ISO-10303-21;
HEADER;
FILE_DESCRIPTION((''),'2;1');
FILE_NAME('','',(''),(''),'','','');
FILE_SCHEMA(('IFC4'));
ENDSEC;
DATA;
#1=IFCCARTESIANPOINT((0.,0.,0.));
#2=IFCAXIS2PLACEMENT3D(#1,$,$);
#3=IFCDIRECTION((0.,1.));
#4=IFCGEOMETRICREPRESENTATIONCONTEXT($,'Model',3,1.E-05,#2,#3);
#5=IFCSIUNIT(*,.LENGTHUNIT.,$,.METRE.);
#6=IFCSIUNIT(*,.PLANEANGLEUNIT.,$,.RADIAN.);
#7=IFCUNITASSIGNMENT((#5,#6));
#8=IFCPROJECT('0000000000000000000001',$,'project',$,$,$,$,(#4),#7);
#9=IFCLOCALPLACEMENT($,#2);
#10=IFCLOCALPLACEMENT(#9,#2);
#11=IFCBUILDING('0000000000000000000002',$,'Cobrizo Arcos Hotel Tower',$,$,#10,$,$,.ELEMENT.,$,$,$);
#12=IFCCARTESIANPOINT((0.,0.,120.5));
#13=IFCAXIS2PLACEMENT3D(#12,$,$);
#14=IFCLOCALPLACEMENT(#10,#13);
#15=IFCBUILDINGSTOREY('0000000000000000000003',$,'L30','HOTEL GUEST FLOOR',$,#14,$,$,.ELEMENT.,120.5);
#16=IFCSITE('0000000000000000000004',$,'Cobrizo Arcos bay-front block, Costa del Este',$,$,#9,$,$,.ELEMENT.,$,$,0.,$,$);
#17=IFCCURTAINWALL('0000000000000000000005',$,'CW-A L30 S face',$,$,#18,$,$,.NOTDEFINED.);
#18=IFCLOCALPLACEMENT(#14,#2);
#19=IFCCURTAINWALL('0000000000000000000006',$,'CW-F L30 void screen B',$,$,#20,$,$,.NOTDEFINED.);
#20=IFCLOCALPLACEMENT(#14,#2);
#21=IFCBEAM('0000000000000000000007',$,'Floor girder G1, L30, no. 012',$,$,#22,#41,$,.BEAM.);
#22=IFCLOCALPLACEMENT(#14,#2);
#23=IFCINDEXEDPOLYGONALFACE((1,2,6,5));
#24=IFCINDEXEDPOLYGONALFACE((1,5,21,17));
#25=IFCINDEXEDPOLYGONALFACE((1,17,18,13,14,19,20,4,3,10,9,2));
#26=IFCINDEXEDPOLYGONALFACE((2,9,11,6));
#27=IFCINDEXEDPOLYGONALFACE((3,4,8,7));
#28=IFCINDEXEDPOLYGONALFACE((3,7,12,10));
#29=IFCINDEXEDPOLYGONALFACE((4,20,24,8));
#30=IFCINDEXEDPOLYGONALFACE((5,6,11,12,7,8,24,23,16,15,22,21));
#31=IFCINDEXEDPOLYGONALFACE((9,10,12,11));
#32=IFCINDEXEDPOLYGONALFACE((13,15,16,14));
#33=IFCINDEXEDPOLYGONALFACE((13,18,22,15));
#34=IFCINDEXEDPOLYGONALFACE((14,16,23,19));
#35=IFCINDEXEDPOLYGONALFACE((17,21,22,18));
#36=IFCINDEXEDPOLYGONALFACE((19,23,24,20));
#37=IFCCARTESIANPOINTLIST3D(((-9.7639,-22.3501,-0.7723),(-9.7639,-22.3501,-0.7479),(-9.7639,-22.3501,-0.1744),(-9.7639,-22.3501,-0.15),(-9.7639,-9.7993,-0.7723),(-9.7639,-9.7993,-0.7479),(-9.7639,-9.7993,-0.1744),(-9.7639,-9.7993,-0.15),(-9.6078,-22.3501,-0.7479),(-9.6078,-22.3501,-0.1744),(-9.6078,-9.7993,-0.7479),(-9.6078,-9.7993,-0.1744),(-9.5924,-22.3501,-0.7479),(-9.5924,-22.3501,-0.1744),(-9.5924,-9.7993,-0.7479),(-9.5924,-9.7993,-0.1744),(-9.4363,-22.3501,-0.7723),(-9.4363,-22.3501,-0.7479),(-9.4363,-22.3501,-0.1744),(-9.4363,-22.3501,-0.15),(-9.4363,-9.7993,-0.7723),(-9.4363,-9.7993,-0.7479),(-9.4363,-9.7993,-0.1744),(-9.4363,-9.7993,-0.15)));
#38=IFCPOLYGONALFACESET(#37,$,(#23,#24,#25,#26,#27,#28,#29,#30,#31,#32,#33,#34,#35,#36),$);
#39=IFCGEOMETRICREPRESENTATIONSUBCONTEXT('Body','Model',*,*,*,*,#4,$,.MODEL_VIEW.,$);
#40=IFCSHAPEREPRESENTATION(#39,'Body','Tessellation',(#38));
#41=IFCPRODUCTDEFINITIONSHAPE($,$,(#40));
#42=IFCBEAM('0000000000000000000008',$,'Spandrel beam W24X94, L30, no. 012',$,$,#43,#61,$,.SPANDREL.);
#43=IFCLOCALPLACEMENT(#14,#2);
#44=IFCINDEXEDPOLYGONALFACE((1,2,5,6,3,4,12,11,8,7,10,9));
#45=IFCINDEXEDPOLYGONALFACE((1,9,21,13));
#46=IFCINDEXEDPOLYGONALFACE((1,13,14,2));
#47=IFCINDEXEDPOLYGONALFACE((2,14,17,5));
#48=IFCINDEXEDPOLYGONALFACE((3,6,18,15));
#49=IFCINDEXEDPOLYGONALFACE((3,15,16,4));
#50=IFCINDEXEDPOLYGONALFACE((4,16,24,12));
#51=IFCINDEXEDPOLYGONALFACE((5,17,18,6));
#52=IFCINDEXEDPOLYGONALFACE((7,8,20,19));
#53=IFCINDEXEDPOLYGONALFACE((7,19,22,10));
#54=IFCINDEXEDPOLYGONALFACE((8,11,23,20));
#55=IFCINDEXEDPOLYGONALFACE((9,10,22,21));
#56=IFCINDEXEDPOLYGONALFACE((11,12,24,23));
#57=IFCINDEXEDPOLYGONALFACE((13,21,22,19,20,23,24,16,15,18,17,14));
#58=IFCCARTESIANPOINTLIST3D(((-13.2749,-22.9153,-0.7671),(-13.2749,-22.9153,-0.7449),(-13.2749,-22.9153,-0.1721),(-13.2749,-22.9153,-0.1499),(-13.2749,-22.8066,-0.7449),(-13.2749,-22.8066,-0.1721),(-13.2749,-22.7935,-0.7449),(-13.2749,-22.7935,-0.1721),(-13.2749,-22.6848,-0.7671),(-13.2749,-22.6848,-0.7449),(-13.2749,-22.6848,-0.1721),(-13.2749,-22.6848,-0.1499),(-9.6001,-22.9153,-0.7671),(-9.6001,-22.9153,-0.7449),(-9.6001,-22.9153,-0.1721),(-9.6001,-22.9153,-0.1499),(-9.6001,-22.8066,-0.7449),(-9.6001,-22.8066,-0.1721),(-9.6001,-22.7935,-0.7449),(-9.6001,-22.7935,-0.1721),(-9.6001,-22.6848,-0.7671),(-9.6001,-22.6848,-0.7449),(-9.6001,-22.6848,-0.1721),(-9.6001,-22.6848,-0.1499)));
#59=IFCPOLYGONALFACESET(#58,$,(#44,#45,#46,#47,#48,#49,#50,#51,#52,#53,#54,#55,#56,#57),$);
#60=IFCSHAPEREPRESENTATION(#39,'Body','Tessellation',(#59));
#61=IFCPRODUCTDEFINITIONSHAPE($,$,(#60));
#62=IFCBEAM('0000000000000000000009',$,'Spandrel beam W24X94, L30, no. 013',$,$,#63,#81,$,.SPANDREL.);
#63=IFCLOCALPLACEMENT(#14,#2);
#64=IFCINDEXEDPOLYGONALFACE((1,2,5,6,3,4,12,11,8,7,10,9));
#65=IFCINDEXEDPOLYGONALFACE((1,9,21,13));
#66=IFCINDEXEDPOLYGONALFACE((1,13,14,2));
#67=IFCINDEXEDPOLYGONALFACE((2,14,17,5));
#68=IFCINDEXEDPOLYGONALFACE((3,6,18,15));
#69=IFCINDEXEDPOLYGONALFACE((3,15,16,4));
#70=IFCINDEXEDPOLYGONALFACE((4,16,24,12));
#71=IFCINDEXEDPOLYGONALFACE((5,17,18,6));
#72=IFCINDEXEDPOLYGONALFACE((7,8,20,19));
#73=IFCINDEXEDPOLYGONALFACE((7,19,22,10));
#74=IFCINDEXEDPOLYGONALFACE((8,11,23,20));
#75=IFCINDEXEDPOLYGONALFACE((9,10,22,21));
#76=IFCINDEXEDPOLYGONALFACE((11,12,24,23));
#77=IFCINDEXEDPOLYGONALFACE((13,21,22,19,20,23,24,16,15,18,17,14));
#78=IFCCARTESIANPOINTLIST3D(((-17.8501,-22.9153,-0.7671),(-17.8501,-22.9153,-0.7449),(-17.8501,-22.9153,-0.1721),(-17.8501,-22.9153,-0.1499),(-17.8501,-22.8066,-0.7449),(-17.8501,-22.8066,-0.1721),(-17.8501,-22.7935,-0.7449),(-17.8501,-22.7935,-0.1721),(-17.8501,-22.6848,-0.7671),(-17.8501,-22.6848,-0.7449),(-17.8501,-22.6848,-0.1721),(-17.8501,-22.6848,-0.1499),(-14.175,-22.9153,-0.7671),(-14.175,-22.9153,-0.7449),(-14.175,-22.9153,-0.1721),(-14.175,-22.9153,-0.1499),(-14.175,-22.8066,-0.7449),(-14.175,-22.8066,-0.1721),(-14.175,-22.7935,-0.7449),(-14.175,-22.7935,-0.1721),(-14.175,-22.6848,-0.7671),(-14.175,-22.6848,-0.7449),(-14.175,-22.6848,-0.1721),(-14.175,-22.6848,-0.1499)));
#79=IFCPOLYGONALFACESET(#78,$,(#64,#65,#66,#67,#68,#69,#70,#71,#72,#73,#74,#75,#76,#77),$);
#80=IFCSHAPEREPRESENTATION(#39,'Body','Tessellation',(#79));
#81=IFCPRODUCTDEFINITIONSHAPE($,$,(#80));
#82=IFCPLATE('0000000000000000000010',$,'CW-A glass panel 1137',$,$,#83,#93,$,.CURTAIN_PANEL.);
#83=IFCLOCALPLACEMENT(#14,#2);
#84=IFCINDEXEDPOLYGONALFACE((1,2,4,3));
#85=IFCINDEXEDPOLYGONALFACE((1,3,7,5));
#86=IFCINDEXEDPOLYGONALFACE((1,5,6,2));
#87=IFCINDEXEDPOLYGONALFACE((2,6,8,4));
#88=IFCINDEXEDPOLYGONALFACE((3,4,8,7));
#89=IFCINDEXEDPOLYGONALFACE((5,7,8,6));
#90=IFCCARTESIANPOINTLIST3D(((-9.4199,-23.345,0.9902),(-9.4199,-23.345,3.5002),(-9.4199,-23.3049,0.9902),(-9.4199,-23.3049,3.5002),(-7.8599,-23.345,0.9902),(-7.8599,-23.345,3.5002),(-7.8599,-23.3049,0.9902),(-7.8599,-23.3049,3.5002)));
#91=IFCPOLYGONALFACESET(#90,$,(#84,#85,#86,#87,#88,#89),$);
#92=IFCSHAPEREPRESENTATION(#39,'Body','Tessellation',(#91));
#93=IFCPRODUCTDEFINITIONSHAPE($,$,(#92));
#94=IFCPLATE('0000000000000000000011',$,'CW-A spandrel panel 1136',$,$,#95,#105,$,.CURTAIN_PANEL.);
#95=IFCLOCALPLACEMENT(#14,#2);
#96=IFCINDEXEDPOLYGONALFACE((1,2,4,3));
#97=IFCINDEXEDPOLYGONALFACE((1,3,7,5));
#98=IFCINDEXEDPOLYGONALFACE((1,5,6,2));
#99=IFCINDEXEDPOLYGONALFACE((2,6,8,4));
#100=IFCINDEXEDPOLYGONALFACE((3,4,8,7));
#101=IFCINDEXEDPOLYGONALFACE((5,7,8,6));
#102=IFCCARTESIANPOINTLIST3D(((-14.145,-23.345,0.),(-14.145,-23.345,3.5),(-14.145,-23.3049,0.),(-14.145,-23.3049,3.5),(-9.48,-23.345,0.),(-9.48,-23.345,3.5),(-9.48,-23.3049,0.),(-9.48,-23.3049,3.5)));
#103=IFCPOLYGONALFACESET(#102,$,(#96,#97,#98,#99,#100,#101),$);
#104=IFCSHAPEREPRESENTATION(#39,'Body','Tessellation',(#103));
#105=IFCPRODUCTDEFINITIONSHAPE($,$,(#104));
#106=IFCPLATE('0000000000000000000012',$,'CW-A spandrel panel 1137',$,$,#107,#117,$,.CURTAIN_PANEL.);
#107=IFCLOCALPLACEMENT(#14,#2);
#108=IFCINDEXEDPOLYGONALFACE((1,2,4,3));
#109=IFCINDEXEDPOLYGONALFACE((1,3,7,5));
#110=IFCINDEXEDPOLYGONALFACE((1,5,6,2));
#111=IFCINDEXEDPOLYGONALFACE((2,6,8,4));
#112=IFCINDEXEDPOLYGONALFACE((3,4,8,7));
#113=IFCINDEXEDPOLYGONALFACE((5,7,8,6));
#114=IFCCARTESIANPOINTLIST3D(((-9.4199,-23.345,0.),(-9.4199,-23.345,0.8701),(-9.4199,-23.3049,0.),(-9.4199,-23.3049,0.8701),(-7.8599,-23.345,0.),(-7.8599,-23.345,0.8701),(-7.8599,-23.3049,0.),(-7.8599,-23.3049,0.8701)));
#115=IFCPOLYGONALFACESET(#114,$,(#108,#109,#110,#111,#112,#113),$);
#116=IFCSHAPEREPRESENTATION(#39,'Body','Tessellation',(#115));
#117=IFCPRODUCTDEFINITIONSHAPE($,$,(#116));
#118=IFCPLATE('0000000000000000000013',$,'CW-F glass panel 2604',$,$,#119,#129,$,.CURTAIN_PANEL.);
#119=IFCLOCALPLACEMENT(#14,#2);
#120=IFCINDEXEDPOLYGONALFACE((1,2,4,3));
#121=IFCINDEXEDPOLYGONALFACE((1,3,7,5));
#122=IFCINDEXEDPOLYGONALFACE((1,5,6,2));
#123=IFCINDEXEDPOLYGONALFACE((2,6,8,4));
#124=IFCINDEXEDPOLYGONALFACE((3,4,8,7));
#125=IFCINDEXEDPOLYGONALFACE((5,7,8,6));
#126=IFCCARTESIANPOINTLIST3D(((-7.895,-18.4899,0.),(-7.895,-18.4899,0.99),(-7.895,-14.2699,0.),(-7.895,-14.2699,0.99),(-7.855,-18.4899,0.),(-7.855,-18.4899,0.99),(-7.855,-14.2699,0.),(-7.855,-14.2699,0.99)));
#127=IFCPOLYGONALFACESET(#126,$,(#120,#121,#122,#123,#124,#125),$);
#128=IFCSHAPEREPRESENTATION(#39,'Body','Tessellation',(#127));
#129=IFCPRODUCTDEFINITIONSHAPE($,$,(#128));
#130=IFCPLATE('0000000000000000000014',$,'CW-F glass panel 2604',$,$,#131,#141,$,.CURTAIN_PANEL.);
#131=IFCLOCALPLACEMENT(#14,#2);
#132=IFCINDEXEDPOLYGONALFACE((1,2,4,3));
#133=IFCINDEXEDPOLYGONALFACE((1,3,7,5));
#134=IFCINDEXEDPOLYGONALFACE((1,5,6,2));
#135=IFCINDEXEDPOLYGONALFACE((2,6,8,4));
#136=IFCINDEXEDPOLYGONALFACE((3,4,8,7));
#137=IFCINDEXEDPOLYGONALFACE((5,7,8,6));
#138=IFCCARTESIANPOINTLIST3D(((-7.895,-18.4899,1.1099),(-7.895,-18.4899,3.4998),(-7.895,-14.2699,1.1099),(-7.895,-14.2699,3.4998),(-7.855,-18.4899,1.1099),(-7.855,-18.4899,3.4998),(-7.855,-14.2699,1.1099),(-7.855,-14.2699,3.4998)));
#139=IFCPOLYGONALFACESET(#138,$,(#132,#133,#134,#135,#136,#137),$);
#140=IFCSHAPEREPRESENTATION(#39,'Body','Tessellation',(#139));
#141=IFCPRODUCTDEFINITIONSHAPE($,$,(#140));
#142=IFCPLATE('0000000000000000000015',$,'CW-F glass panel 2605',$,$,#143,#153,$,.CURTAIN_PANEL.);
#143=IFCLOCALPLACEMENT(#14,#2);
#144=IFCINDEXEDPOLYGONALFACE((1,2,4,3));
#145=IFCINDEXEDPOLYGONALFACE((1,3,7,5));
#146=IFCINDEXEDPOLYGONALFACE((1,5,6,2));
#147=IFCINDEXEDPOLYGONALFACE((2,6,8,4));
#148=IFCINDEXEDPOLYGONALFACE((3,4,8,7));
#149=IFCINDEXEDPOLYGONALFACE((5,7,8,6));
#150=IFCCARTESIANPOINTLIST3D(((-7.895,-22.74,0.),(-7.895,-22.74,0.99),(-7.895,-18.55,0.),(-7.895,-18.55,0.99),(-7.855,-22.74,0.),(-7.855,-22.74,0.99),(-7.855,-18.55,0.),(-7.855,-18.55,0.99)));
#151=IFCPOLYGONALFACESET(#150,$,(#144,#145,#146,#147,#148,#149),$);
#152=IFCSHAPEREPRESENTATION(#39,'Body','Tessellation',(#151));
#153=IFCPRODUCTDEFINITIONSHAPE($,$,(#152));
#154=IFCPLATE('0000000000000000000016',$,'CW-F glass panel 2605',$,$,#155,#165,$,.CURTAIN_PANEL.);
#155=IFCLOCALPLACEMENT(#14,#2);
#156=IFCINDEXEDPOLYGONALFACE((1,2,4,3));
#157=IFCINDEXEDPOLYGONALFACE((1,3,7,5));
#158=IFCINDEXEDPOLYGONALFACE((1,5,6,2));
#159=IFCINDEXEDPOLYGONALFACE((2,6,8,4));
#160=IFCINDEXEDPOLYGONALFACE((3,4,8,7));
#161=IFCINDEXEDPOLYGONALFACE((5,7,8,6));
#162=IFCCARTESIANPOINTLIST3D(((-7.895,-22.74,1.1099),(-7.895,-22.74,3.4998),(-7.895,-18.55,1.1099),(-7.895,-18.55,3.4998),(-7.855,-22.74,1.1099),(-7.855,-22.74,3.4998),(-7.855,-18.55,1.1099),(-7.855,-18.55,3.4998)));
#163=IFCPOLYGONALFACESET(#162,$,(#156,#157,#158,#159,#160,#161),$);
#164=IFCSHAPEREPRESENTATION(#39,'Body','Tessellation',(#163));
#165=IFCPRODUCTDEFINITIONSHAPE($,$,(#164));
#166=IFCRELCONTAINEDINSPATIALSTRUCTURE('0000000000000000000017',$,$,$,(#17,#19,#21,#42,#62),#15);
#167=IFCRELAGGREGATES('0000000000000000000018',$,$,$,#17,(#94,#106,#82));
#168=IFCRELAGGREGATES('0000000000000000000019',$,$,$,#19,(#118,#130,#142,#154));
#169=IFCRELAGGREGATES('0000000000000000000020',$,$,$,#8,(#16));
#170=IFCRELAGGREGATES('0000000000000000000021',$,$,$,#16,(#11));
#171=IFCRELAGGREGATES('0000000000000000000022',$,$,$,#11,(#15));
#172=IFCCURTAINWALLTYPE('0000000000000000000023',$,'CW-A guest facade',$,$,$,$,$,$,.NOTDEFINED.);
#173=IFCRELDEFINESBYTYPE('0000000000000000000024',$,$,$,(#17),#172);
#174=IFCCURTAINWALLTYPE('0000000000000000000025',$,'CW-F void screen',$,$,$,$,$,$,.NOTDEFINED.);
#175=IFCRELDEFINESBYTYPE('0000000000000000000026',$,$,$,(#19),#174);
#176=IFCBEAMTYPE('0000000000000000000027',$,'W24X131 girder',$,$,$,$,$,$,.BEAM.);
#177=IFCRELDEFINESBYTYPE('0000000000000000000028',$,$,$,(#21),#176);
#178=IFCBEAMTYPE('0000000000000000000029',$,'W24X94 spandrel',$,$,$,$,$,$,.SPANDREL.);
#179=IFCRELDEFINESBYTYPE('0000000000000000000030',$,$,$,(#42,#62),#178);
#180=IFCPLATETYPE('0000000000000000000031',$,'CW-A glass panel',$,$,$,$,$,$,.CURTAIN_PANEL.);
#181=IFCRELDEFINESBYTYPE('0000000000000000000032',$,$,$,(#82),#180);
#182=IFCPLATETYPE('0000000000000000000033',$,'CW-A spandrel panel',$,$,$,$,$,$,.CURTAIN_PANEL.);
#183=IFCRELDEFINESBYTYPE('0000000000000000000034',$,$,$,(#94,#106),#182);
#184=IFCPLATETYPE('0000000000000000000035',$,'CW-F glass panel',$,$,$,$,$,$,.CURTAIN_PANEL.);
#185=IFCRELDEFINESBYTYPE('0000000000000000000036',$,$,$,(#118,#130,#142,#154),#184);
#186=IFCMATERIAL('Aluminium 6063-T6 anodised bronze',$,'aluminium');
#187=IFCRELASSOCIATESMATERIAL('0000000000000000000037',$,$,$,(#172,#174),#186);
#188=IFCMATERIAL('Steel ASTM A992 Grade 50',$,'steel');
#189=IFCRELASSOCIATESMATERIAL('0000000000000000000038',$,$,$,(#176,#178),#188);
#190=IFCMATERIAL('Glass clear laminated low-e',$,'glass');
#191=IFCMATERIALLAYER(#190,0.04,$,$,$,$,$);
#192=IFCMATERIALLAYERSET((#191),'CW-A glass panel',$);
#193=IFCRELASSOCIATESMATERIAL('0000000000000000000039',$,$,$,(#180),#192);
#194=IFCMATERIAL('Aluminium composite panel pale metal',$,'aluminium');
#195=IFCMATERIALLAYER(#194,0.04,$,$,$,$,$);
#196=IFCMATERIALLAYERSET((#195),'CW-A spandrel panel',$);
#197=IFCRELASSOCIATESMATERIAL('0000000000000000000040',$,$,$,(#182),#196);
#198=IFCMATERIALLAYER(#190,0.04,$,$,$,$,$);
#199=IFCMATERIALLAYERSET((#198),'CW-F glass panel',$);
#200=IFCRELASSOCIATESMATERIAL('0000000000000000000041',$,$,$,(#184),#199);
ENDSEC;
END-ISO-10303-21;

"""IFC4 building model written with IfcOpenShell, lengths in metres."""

from ifc_helpers import new_model, si_unit, direction, frame, origin, origin_2d, place, context, subcontext, project, spatial, rectangle, i_section, extrude, material, layer, layer_set, material_profile, profile_set, type_object, element, aggregate, save


model = new_model("IFC4")

# Units and contexts
model_context = context("Model", 3, precision=1e-05, world=origin(), true_north=direction((0.0, 1.0)))
body_context = subcontext(model_context, "Body", "Model", "MODEL_VIEW")
ifc_project = project(units=[si_unit("LENGTHUNIT", "METRE"), si_unit("PLANEANGLEUNIT", "RADIAN")], contexts=[model_context])

# Site, building, storey
site_placement = place(None, origin())
site = spatial("IfcSite", under=ifc_project, at=site_placement, Name="Cobrizo Arcos bay-front block, Costa del Este", CompositionType="ELEMENT", RefElevation=0.0)
building_placement = place(site_placement, origin())
building = spatial("IfcBuilding", under=site, at=building_placement, Name="Cobrizo Arcos Hotel Tower", CompositionType="ELEMENT")
storey_placement = place(building_placement, frame((0.0, 0.0, 120.5)))
storey = spatial("IfcBuildingStorey", under=building, at=storey_placement, Name="L30", Description="HOTEL GUEST FLOOR", CompositionType="ELEMENT", Elevation=120.5)

# Curtain walls
ifc_material_1 = material(Name="Aluminium 6063-T6 anodised bronze", Category="aluminium")
curtain_wall_type_1 = type_object("IfcCurtainWallType", Name="CW-A guest facade", PredefinedType="NOTDEFINED", material=ifc_material_1)
curtain_wall_1_placement = place(storey_placement, origin())
curtain_wall_1 = element("IfcCurtainWall", 1, at=curtain_wall_1_placement, inside=storey, type_object=curtain_wall_type_1, Name="CW-A L30 S face", PredefinedType="NOTDEFINED")
curtain_wall_type_2 = type_object("IfcCurtainWallType", Name="CW-F void screen", PredefinedType="NOTDEFINED", material=ifc_material_1)
curtain_wall_2_placement = place(storey_placement, origin())
curtain_wall_2 = element("IfcCurtainWall", 2, at=curtain_wall_2_placement, inside=storey, type_object=curtain_wall_type_2, Name="CW-F L30 void screen B", PredefinedType="NOTDEFINED")

# Beams
ifc_material_2 = material(Name="Steel ASTM A992 Grade 50", Category="steel")
ifc_material_profile_1 = material_profile(ifc_material_2, i_section(OverallWidth=0.3276, OverallDepth=0.6223, WebThickness=0.0154, FlangeThickness=0.0244, at=origin_2d()), Name="W24X131")
ifc_profile_set_1 = profile_set([ifc_material_profile_1], Name="Steel ASTM A992 Grade 50")
beam_type_1 = type_object("IfcBeamType", Name="W24X131 girder", PredefinedType="BEAM", material=ifc_profile_set_1)
beam_1_placement = place(storey_placement, frame((-9.6001, -22.3501, -0.4612), z_axis=(0.0, 1.0, 0.0), x_axis=(-1.0, 0.0, 0.0)))
element("IfcBeam", 3, at=beam_1_placement, inside=storey, type_object=beam_type_1, Name="Floor girder G1, L30, no. 012", PredefinedType="BEAM", context=body_context, shape_type="SweptSolid", body=[
    extrude(i_section(OverallWidth=0.3276, OverallDepth=0.6223, WebThickness=0.0154, FlangeThickness=0.0244, at=origin_2d()), origin(), (0.0, 0.0, 1.0), 12.5508),
])
ifc_material_profile_2 = material_profile(ifc_material_2, i_section(OverallWidth=0.2305, OverallDepth=0.6172, WebThickness=0.0132, FlangeThickness=0.0222, at=origin_2d()), Name="W24X94")
ifc_profile_set_2 = profile_set([ifc_material_profile_2], Name="Steel ASTM A992 Grade 50")
beam_type_2 = type_object("IfcBeamType", Name="W24X94 spandrel", PredefinedType="SPANDREL", material=ifc_profile_set_2)
beam_2_placement = place(storey_placement, frame((-9.6001, -22.8, -0.4585), z_axis=(-1.0, 0.0, 0.0), x_axis=(0.0, -1.0, 0.0)))
element("IfcBeam", 4, at=beam_2_placement, inside=storey, type_object=beam_type_2, Name="Spandrel beam W24X94, L30, no. 012", PredefinedType="SPANDREL", context=body_context, shape_type="SweptSolid", body=[
    extrude(i_section(OverallWidth=0.2305, OverallDepth=0.6172, WebThickness=0.0132, FlangeThickness=0.0222, at=origin_2d()), origin(), (0.0, 0.0, 1.0), 3.6748),
])
beam_3_placement = place(storey_placement, frame((-14.175, -22.8, -0.4585), z_axis=(-1.0, 0.0, 0.0), x_axis=(0.0, -1.0, 0.0)))
element("IfcBeam", 5, at=beam_3_placement, inside=storey, type_object=beam_type_2, Name="Spandrel beam W24X94, L30, no. 013", PredefinedType="SPANDREL", context=body_context, shape_type="SweptSolid", body=[
    extrude(i_section(OverallWidth=0.2305, OverallDepth=0.6172, WebThickness=0.0132, FlangeThickness=0.0222, at=origin_2d()), origin(), (0.0, 0.0, 1.0), 3.675),
])

# Plates
ifc_material_3 = material(Name="Glass clear laminated low-e", Category="glass")
ifc_layer_1 = layer(ifc_material_3, 0.04)
ifc_layer_set_1 = layer_set([ifc_layer_1], Name="CW-A glass panel")
plate_type_1 = type_object("IfcPlateType", Name="CW-A glass panel", PredefinedType="CURTAIN_PANEL", material=ifc_layer_set_1)
plate_1_placement = place(storey_placement, frame((-8.6399, -23.325, 0.9902), z_axis=(0.0, 0.0, 1.0), x_axis=(1.0, 0.0, 0.0)))
plate_1 = element("IfcPlate", 6, at=plate_1_placement, type_object=plate_type_1, Name="CW-A glass panel 1137", PredefinedType="CURTAIN_PANEL", context=body_context, shape_type="SweptSolid", body=[
    extrude(rectangle(XDim=1.5601, YDim=0.04, at=origin_2d()), origin(), (0.0, 0.0, 1.0), 2.51),
])
ifc_material_4 = material(Name="Aluminium composite panel pale metal", Category="aluminium")
ifc_layer_2 = layer(ifc_material_4, 0.04)
ifc_layer_set_2 = layer_set([ifc_layer_2], Name="CW-A spandrel panel")
plate_type_2 = type_object("IfcPlateType", Name="CW-A spandrel panel", PredefinedType="CURTAIN_PANEL", material=ifc_layer_set_2)
plate_2_placement = place(storey_placement, frame((-11.8125, -23.325, 0.0), z_axis=(0.0, 0.0, 1.0), x_axis=(1.0, 0.0, 0.0)))
plate_2 = element("IfcPlate", 7, at=plate_2_placement, type_object=plate_type_2, Name="CW-A spandrel panel 1136", PredefinedType="CURTAIN_PANEL", context=body_context, shape_type="SweptSolid", body=[
    extrude(rectangle(XDim=4.665, YDim=0.04, at=origin_2d()), origin(), (0.0, 0.0, 1.0), 3.5),
])
plate_3_placement = place(storey_placement, frame((-8.6399, -23.325, 0.0), z_axis=(0.0, 0.0, 1.0), x_axis=(1.0, 0.0, 0.0)))
plate_3 = element("IfcPlate", 8, at=plate_3_placement, type_object=plate_type_2, Name="CW-A spandrel panel 1137", PredefinedType="CURTAIN_PANEL", context=body_context, shape_type="SweptSolid", body=[
    extrude(rectangle(XDim=1.5601, YDim=0.04, at=origin_2d()), origin(), (0.0, 0.0, 1.0), 0.8701),
])
aggregate(curtain_wall_1, [plate_2, plate_3, plate_1])
ifc_layer_3 = layer(ifc_material_3, 0.04)
ifc_layer_set_3 = layer_set([ifc_layer_3], Name="CW-F glass panel")
plate_type_3 = type_object("IfcPlateType", Name="CW-F glass panel", PredefinedType="CURTAIN_PANEL", material=ifc_layer_set_3)
plate_4_placement = place(storey_placement, frame((-7.875, -16.3799, 0.0), z_axis=(0.0, 0.0, 1.0), x_axis=(0.0, -1.0, 0.0)))
plate_4 = element("IfcPlate", 9, at=plate_4_placement, type_object=plate_type_3, Name="CW-F glass panel 2604", PredefinedType="CURTAIN_PANEL", context=body_context, shape_type="SweptSolid", body=[
    extrude(rectangle(XDim=4.22, YDim=0.04, at=origin_2d()), origin(), (0.0, 0.0, 1.0), 0.99),
])
plate_5_placement = place(storey_placement, frame((-7.875, -16.3799, 1.1099), z_axis=(0.0, 0.0, 1.0), x_axis=(0.0, -1.0, 0.0)))
plate_5 = element("IfcPlate", 10, at=plate_5_placement, type_object=plate_type_3, Name="CW-F glass panel 2604", PredefinedType="CURTAIN_PANEL", context=body_context, shape_type="SweptSolid", body=[
    extrude(rectangle(XDim=4.22, YDim=0.04, at=origin_2d()), origin(), (0.0, 0.0, 1.0), 2.3899),
])
plate_6_placement = place(storey_placement, frame((-7.875, -20.645, 0.0), z_axis=(0.0, 0.0, 1.0), x_axis=(0.0, -1.0, 0.0)))
plate_6 = element("IfcPlate", 11, at=plate_6_placement, type_object=plate_type_3, Name="CW-F glass panel 2605", PredefinedType="CURTAIN_PANEL", context=body_context, shape_type="SweptSolid", body=[
    extrude(rectangle(XDim=4.1899, YDim=0.04, at=origin_2d()), origin(), (0.0, 0.0, 1.0), 0.99),
])
plate_7_placement = place(storey_placement, frame((-7.875, -20.645, 1.1099), z_axis=(0.0, 0.0, 1.0), x_axis=(0.0, -1.0, 0.0)))
plate_7 = element("IfcPlate", 12, at=plate_7_placement, type_object=plate_type_3, Name="CW-F glass panel 2605", PredefinedType="CURTAIN_PANEL", context=body_context, shape_type="SweptSolid", body=[
    extrude(rectangle(XDim=4.1899, YDim=0.04, at=origin_2d()), origin(), (0.0, 0.0, 1.0), 2.3899),
])
aggregate(curtain_wall_2, [plate_4, plate_5, plate_6, plate_7])

save(model, "model.ifc")
